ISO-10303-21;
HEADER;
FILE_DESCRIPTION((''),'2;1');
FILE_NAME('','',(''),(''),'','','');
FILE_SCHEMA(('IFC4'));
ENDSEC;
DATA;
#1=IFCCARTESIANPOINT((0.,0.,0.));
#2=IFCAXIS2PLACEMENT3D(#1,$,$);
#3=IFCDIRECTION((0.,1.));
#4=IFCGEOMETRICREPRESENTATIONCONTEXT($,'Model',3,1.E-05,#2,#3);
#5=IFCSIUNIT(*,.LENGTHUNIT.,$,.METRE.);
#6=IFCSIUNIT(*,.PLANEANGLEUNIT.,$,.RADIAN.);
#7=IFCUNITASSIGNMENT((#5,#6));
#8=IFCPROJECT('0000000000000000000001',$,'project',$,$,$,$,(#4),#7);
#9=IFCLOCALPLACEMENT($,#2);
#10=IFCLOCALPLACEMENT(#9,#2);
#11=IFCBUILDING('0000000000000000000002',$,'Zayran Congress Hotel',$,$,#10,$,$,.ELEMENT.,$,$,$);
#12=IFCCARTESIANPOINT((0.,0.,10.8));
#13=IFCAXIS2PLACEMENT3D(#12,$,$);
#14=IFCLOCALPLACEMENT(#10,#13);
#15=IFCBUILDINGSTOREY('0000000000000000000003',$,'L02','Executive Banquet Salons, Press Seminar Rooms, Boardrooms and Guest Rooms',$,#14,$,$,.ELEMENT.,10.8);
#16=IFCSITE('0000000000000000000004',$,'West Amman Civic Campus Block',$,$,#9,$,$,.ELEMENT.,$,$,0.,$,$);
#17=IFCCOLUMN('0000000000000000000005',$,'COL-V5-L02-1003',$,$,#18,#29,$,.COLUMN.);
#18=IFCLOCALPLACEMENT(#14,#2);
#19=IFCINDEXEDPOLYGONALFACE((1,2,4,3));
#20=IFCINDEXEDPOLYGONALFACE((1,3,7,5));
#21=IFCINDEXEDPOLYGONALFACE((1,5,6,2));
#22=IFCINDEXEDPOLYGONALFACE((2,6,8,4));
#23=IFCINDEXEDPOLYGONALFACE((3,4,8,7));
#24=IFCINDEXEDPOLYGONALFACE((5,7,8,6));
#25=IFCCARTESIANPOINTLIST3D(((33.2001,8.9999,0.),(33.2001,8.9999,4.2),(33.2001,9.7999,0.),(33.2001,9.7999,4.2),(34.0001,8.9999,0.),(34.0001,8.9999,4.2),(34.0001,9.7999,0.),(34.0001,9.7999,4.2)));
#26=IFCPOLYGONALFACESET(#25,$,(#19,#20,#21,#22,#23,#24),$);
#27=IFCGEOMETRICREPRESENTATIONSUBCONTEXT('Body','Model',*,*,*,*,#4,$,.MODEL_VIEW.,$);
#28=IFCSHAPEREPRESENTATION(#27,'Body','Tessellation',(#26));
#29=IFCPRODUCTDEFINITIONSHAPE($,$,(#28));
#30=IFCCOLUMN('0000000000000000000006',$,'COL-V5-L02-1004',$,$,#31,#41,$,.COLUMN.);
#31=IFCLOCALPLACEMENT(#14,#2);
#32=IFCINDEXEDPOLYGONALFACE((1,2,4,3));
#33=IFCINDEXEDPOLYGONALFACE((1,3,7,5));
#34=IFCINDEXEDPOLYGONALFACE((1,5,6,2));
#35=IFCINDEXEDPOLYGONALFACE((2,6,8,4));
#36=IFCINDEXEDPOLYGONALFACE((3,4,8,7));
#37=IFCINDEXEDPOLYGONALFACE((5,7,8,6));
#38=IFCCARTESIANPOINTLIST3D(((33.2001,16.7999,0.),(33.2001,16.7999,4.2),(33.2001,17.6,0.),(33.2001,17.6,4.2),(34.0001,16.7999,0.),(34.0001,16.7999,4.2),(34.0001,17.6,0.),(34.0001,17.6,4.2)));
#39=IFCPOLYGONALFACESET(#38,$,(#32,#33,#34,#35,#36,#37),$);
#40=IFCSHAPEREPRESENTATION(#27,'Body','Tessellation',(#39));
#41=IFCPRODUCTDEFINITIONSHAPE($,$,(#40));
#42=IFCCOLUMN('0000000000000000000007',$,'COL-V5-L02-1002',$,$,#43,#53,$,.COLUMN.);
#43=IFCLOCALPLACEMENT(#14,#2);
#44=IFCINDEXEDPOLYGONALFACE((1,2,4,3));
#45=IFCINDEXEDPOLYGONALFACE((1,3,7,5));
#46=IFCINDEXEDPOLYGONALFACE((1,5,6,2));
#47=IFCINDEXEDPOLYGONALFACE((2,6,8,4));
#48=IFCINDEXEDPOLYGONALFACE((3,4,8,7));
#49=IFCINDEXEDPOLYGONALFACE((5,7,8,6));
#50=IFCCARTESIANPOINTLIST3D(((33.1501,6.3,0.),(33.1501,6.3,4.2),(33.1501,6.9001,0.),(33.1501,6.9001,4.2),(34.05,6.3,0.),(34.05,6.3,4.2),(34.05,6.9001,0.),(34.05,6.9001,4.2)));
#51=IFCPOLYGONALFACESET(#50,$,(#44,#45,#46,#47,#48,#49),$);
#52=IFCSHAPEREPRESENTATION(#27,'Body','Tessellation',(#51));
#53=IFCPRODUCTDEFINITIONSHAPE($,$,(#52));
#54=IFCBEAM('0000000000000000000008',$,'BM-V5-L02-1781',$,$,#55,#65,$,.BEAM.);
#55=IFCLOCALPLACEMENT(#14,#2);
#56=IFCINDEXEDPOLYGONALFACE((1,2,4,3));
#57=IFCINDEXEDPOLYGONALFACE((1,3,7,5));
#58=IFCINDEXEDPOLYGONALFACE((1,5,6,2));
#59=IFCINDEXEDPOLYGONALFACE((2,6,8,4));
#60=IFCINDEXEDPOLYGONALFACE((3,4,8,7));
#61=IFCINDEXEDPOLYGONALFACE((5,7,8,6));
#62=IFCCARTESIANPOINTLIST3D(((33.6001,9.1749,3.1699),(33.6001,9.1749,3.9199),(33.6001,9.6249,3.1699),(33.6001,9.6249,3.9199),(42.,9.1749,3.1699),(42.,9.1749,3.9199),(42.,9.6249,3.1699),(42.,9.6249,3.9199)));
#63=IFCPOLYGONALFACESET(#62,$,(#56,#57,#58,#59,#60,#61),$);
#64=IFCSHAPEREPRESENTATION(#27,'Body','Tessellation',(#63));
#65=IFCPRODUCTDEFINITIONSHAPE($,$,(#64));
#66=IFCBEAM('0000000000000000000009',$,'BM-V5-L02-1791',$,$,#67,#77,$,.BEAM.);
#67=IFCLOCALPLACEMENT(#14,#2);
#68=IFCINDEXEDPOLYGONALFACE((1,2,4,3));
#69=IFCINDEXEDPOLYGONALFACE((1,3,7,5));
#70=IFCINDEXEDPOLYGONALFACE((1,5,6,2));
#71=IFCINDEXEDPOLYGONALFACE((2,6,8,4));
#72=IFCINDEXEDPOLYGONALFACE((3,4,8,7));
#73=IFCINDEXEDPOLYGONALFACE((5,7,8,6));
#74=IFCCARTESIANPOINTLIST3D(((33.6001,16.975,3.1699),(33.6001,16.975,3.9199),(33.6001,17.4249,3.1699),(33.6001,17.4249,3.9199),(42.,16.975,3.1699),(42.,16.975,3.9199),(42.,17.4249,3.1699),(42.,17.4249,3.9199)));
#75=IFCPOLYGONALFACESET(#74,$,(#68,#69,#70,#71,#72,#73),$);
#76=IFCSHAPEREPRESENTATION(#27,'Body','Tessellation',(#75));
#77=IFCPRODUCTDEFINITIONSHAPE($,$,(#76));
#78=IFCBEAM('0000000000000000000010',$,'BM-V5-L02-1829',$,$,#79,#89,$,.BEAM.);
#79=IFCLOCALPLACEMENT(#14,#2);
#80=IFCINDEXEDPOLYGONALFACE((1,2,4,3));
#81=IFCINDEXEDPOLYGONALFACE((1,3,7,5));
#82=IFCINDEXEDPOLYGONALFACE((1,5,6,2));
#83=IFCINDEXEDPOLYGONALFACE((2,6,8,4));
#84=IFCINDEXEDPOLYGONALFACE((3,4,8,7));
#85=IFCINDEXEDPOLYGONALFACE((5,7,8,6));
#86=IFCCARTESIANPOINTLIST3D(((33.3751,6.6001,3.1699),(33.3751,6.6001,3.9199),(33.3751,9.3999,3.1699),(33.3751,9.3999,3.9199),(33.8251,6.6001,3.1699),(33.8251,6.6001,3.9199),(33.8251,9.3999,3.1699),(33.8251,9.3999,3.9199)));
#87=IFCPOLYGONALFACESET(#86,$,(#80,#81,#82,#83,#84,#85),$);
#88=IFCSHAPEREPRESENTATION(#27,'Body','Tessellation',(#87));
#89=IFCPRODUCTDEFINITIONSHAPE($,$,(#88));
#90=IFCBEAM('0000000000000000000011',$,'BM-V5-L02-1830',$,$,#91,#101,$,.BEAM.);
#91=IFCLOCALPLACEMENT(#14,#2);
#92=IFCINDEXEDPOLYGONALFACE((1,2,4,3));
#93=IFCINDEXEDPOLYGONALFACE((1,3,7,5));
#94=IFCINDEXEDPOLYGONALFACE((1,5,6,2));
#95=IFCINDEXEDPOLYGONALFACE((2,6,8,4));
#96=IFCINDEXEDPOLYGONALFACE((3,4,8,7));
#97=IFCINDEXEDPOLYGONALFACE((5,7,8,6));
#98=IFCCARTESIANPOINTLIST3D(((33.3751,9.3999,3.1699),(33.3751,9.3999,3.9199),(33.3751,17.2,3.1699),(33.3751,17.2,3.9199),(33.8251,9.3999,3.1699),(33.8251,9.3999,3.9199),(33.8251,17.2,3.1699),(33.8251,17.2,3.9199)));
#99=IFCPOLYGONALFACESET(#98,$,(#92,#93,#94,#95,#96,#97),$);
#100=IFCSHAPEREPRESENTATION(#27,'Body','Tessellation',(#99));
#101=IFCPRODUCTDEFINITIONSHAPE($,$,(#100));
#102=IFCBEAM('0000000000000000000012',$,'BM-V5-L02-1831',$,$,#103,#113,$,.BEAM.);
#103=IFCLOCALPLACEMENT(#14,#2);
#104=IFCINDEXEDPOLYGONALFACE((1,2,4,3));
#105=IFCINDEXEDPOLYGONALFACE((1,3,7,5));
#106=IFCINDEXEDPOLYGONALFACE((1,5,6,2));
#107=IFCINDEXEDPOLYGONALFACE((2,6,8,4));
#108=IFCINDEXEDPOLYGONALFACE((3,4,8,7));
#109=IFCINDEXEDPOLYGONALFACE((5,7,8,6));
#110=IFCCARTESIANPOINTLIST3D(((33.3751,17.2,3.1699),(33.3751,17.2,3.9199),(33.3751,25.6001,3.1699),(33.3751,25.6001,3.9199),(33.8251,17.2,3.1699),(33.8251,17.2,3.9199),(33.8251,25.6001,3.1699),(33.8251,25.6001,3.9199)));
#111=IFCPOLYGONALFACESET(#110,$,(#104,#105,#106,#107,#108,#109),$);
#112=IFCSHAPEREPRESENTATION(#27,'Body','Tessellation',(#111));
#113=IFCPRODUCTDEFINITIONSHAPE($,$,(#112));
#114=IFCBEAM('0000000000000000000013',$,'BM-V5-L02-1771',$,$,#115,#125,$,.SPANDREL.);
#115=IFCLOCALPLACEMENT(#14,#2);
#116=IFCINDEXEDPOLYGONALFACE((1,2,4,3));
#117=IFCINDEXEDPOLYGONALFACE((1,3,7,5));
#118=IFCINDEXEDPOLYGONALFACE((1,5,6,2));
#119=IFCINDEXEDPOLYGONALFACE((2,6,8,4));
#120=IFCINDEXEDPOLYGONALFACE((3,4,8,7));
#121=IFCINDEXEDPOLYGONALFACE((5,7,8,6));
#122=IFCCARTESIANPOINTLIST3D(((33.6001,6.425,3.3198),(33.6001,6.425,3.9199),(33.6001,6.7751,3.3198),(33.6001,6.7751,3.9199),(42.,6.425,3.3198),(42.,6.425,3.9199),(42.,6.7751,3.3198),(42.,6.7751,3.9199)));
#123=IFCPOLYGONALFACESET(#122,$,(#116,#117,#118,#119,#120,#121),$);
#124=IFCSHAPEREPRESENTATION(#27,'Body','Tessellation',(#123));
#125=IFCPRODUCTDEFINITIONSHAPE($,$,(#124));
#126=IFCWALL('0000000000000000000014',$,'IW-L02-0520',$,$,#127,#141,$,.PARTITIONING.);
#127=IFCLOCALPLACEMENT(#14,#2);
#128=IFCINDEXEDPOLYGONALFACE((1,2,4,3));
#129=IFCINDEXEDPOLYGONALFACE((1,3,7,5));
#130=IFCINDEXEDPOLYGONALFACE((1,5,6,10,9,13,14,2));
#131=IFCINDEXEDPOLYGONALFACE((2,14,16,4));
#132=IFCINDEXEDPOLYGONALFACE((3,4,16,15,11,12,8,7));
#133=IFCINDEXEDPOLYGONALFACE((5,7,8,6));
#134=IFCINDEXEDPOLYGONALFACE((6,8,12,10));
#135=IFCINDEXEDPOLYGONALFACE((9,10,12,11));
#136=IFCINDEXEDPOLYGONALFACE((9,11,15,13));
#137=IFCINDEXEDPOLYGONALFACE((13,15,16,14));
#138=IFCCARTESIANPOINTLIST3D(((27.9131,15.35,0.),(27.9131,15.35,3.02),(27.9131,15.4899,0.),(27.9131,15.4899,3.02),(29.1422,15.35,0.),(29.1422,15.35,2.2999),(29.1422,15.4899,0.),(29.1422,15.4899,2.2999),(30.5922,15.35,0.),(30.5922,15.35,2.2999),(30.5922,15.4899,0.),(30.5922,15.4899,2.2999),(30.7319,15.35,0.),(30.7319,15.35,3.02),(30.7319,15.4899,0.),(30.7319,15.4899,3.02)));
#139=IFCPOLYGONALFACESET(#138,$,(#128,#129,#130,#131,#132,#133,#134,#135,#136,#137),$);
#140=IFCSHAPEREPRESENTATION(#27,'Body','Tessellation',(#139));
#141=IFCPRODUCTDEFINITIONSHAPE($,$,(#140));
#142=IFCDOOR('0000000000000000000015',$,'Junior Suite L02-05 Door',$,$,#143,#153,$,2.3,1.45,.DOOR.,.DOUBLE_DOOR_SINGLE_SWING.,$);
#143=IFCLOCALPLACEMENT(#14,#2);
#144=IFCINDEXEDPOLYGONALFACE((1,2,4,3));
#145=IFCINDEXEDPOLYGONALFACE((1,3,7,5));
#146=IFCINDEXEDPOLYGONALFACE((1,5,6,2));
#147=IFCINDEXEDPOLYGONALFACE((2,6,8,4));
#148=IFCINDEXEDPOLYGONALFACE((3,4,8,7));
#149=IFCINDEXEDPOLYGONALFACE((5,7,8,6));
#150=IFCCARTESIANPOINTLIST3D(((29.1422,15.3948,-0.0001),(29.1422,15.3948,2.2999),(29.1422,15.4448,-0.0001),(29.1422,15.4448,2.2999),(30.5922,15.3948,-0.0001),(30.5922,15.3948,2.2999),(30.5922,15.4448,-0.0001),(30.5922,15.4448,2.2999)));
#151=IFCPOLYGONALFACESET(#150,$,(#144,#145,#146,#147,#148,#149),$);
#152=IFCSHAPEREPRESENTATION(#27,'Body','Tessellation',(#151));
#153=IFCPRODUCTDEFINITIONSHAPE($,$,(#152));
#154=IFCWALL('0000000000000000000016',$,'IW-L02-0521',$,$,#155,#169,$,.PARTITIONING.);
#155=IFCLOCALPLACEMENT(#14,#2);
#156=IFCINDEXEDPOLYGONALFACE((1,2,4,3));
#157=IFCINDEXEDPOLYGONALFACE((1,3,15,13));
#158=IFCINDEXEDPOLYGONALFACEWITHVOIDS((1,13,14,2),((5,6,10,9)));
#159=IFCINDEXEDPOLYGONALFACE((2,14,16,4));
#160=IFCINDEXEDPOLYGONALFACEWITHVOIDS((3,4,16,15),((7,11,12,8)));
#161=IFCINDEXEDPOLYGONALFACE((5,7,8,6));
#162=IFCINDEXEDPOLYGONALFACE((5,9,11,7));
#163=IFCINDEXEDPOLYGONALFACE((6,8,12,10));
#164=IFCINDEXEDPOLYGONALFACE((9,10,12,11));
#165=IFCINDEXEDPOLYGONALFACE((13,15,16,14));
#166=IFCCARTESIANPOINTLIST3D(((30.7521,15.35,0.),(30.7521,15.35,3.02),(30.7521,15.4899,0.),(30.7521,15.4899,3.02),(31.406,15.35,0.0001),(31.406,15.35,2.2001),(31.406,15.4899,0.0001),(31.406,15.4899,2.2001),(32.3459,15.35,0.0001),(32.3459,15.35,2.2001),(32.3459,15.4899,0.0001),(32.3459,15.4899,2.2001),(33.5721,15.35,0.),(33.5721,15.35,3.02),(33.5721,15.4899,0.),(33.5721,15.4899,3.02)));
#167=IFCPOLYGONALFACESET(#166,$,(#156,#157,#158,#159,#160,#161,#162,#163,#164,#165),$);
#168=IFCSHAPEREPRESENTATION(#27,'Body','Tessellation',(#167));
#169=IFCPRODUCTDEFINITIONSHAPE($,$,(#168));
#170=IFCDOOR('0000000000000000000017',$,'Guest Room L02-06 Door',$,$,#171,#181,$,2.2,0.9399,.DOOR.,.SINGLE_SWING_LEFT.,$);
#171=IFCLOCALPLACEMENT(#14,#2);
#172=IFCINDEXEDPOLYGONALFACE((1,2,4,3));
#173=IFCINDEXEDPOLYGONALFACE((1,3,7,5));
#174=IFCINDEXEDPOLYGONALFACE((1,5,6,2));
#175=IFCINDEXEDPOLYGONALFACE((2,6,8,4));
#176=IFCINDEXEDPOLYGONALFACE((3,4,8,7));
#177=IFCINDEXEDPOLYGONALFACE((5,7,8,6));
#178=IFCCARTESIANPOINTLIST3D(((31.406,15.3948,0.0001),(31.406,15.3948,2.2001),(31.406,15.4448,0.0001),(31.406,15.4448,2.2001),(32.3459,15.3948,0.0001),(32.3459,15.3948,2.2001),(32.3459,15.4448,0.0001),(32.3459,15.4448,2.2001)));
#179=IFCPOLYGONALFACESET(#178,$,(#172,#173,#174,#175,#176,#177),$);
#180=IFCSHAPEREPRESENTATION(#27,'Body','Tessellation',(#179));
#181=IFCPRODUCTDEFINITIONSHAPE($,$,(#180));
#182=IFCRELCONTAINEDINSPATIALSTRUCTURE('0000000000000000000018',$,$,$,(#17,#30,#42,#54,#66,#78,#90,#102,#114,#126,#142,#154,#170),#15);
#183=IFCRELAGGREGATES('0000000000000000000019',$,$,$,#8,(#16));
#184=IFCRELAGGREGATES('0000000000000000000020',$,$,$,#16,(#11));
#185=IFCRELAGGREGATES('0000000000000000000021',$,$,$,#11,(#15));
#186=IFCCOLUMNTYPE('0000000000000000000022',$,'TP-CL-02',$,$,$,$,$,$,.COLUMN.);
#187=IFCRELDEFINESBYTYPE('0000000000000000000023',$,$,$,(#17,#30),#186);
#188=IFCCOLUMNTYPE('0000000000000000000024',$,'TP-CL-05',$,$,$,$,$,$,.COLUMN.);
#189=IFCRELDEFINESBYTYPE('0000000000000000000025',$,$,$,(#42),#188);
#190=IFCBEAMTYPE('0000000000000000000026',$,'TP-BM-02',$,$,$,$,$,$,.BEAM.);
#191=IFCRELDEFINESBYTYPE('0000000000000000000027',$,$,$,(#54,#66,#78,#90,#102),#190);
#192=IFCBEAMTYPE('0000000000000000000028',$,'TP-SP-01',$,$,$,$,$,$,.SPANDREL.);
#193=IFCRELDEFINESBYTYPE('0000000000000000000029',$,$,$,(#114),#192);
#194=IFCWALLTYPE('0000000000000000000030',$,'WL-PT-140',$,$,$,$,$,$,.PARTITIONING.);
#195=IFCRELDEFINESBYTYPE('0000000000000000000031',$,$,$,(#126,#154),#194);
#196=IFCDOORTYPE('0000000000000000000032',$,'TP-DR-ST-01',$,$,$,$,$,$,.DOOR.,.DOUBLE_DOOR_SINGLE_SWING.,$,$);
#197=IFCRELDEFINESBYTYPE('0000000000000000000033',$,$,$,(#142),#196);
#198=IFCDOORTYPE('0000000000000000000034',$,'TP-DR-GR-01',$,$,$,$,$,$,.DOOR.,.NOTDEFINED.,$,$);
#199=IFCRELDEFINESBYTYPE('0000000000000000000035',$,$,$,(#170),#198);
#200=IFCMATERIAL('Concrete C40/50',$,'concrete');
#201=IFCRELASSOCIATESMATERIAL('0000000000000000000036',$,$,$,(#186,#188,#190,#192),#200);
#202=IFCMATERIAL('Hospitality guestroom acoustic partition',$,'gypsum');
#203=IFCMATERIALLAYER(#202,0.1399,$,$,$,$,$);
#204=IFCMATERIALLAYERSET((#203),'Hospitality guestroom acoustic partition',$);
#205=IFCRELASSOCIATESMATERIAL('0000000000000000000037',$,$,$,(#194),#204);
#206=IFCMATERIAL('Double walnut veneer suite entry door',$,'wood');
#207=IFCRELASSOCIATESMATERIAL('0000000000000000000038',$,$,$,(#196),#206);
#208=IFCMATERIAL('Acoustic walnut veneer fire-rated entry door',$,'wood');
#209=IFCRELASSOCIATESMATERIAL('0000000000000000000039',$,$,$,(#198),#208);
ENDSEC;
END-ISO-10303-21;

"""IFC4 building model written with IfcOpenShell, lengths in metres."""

from ifc_helpers import new_model, si_unit, direction, frame, frame_2d, origin, origin_2d, place, context, subcontext, project, spatial, rectangle, extrude, material, layer, layer_set, material_profile, profile_set, type_object, element, fill, save


model = new_model("IFC4")

# Units and contexts
model_context = context("Model", 3, precision=1e-05, world=origin(), true_north=direction((0.0, 1.0)))
body_context = subcontext(model_context, "Body", "Model", "MODEL_VIEW")
ifc_project = project(units=[si_unit("LENGTHUNIT", "METRE"), si_unit("PLANEANGLEUNIT", "RADIAN")], contexts=[model_context])

# Site, building, storey
site_placement = place(None, origin())
site = spatial("IfcSite", under=ifc_project, at=site_placement, Name="West Amman Civic Campus Block", CompositionType="ELEMENT", RefElevation=0.0)
building_placement = place(site_placement, origin())
building = spatial("IfcBuilding", under=site, at=building_placement, Name="Zayran Congress Hotel", CompositionType="ELEMENT")
storey_placement = place(building_placement, frame((0.0, 0.0, 10.8)))
storey = spatial("IfcBuildingStorey", under=building, at=storey_placement, Name="L02", Description="Executive Banquet Salons, Press Seminar Rooms, Boardrooms and Guest Rooms", CompositionType="ELEMENT", Elevation=10.8)

# Columns
ifc_material_1 = material(Name="Concrete C40/50", Category="concrete")
ifc_material_profile_1 = material_profile(ifc_material_1, rectangle(XDim=0.8, YDim=0.8, at=origin_2d()), Name="RC 800x800")
ifc_profile_set_1 = profile_set([ifc_material_profile_1], Name="Concrete C40/50")
column_type_1 = type_object("IfcColumnType", Name="TP-CL-02", PredefinedType="COLUMN", material=ifc_profile_set_1)
for number, where, z_axis, x_axis, name in (
    (1, (33.6001, 9.3999, 0.0), (0.0, 0.0, 1.0), (1.0, 0.0, 0.0), "COL-V5-L02-1003"),
    (2, (33.6001, 17.2, 0.0), (0.0, 0.0, 1.0), (1.0, 0.0, 0.0), "COL-V5-L02-1004"),
):
    element("IfcColumn", number, at=place(storey_placement, frame(where, z_axis=z_axis, x_axis=x_axis)), inside=storey, type_object=column_type_1, Name=name, PredefinedType="COLUMN", context=body_context, shape_type="SweptSolid", body=[
        extrude(rectangle(XDim=0.8, YDim=0.8, at=origin_2d()), origin(), (0.0, 0.0, 1.0), 4.2),
    ])
ifc_material_profile_2 = material_profile(ifc_material_1, rectangle(XDim=0.6001, YDim=0.8999, at=origin_2d()), Name="RC 900x600")
ifc_profile_set_2 = profile_set([ifc_material_profile_2], Name="Concrete C40/50")
column_type_2 = type_object("IfcColumnType", Name="TP-CL-05", PredefinedType="COLUMN", material=ifc_profile_set_2)
column_placement = place(storey_placement, frame((33.6001, 6.6001, 0.0), z_axis=(0.0, 0.0, 1.0), x_axis=(0.0, 1.0, 0.0)))
element("IfcColumn", 3, at=column_placement, inside=storey, type_object=column_type_2, Name="COL-V5-L02-1002", PredefinedType="COLUMN", context=body_context, shape_type="SweptSolid", body=[
    extrude(rectangle(XDim=0.6001, YDim=0.8999, at=origin_2d()), origin(), (0.0, 0.0, 1.0), 4.2),
])

# Beams
ifc_material_profile_3 = material_profile(ifc_material_1, rectangle(XDim=0.45, YDim=0.75, at=origin_2d()), Name="RC 450x750")
ifc_profile_set_3 = profile_set([ifc_material_profile_3], Name="Concrete C40/50")
beam_type_1 = type_object("IfcBeamType", Name="TP-BM-02", PredefinedType="BEAM", material=ifc_profile_set_3)
for number, where, z_axis, x_axis, name in (
    (4, (33.6001, 9.3999, 3.5449), (1.0, 0.0, 0.0), (0.0, 1.0, 0.0), "BM-V5-L02-1781"),
    (5, (33.6001, 17.2, 3.5449), (1.0, 0.0, 0.0), (0.0, 1.0, 0.0), "BM-V5-L02-1791"),
):
    element("IfcBeam", number, at=place(storey_placement, frame(where, z_axis=z_axis, x_axis=x_axis)), inside=storey, type_object=beam_type_1, Name=name, PredefinedType="BEAM", context=body_context, shape_type="SweptSolid", body=[
        extrude(rectangle(XDim=0.45, YDim=0.75, at=origin_2d()), origin(), (0.0, 0.0, 1.0), 8.3999),
    ])
beam_1_placement = place(storey_placement, frame((33.6001, 6.6001, 3.5449), z_axis=(0.0, 1.0, 0.0), x_axis=(-1.0, 0.0, 0.0)))
element("IfcBeam", 6, at=beam_1_placement, inside=storey, type_object=beam_type_1, Name="BM-V5-L02-1829", PredefinedType="BEAM", context=body_context, shape_type="SweptSolid", body=[
    extrude(rectangle(XDim=0.45, YDim=0.75, at=origin_2d()), origin(), (0.0, 0.0, 1.0), 2.7998),
])
beam_2_placement = place(storey_placement, frame((33.6001, 9.3999, 3.5449), z_axis=(0.0, 1.0, 0.0), x_axis=(-1.0, 0.0, 0.0)))
element("IfcBeam", 7, at=beam_2_placement, inside=storey, type_object=beam_type_1, Name="BM-V5-L02-1830", PredefinedType="BEAM", context=body_context, shape_type="SweptSolid", body=[
    extrude(rectangle(XDim=0.45, YDim=0.75, at=origin_2d()), origin(), (0.0, 0.0, 1.0), 7.8),
])
beam_3_placement = place(storey_placement, frame((33.6001, 17.2, 3.5449), z_axis=(0.0, 1.0, 0.0), x_axis=(-1.0, 0.0, 0.0)))
element("IfcBeam", 8, at=beam_3_placement, inside=storey, type_object=beam_type_1, Name="BM-V5-L02-1831", PredefinedType="BEAM", context=body_context, shape_type="SweptSolid", body=[
    extrude(rectangle(XDim=0.45, YDim=0.75, at=origin_2d()), origin(), (0.0, 0.0, 1.0), 8.4001),
])
ifc_material_profile_4 = material_profile(ifc_material_1, rectangle(XDim=0.3501, YDim=0.6001, at=origin_2d()), Name="RC 350x600")
ifc_profile_set_4 = profile_set([ifc_material_profile_4], Name="Concrete C40/50")
beam_type_2 = type_object("IfcBeamType", Name="TP-SP-01", PredefinedType="SPANDREL", material=ifc_profile_set_4)
beam_4_placement = place(storey_placement, frame((33.6001, 6.6001, 3.6199), z_axis=(1.0, 0.0, 0.0), x_axis=(0.0, 1.0, 0.0)))
element("IfcBeam", 9, at=beam_4_placement, inside=storey, type_object=beam_type_2, Name="BM-V5-L02-1771", PredefinedType="SPANDREL", context=body_context, shape_type="SweptSolid", body=[
    extrude(rectangle(XDim=0.3501, YDim=0.6001, at=origin_2d()), origin(), (0.0, 0.0, 1.0), 8.3999),
])

# Walls, openings, doors
ifc_material_2 = material(Name="Hospitality guestroom acoustic partition", Category="gypsum")
ifc_layer_1 = layer(ifc_material_2, 0.1399)
ifc_layer_set_1 = layer_set([ifc_layer_1], Name="Hospitality guestroom acoustic partition")
wall_type_1 = type_object("IfcWallType", Name="WL-PT-140", PredefinedType="PARTITIONING", material=ifc_layer_set_1)
wall_1_placement = place(storey_placement, frame((27.9131, 15.4199, 0.0), z_axis=(0.0, 0.0, 1.0), x_axis=(1.0, 0.0, 0.0)))
wall_1 = element("IfcWall", 10, at=wall_1_placement, inside=storey, type_object=wall_type_1, Name="IW-L02-0520", PredefinedType="PARTITIONING", context=body_context, shape_type="SweptSolid", body=[
    extrude(rectangle(XDim=2.8188, YDim=0.1399, at=frame_2d((1.4094, 0.0))), origin(), (0.0, 0.0, 1.0), 3.02),
])
opening_1_placement = place(wall_1_placement, frame((1.229, 0.0, 0.0)))
opening_1 = element("IfcOpeningElement", 11, at=opening_1_placement, cuts=wall_1, PredefinedType="OPENING", context=body_context, shape_type="SweptSolid", body=[
    extrude(rectangle(XDim=1.45, YDim=2.3, at=frame_2d((0.7251, 1.1499))), frame((0.0, 0.0798, 0.0), z_axis=(0.0, -1.0, 0.0), x_axis=(1.0, 0.0, 0.0)), (0.0, 0.0, 1.0), 0.1599),
])
ifc_material_3 = material(Name="Double walnut veneer suite entry door", Category="wood")
door_type_1 = type_object("IfcDoorType", Name="TP-DR-ST-01", OperationType="DOUBLE_DOOR_SINGLE_SWING", PredefinedType="DOOR", material=ifc_material_3)
door_1_placement = place(opening_1_placement, origin())
door_1 = element("IfcDoor", 12, at=door_1_placement, inside=storey, type_object=door_type_1, Name="Junior Suite L02-05 Door", OperationType="DOUBLE_DOOR_SINGLE_SWING", OverallHeight=2.3, OverallWidth=1.45, PredefinedType="DOOR", context=body_context, shape_type="SweptSolid", body=[
    extrude(rectangle(XDim=1.45, YDim=2.3, at=frame_2d((0.7251, 1.1499))), frame((0.0, 0.0249, 0.0), z_axis=(0.0, -1.0, 0.0), x_axis=(1.0, 0.0, 0.0)), (0.0, 0.0, 1.0), 0.05),
])
fill(opening_1, door_1)
wall_2_placement = place(storey_placement, frame((30.752, 15.4199, 0.0), z_axis=(0.0, 0.0, 1.0), x_axis=(1.0, 0.0, 0.0)))
wall_2 = element("IfcWall", 13, at=wall_2_placement, inside=storey, type_object=wall_type_1, Name="IW-L02-0521", PredefinedType="PARTITIONING", context=body_context, shape_type="SweptSolid", body=[
    extrude(rectangle(XDim=2.8201, YDim=0.1399, at=frame_2d((1.4102, 0.0))), origin(), (0.0, 0.0, 1.0), 3.02),
])
opening_2_placement = place(wall_2_placement, frame((0.6541, 0.0, 0.0)))
opening_2 = element("IfcOpeningElement", 14, at=opening_2_placement, cuts=wall_2, PredefinedType="OPENING", context=body_context, shape_type="SweptSolid", body=[
    extrude(rectangle(XDim=0.9399, YDim=2.2, at=frame_2d((0.47, 1.1001))), frame((0.0, 0.0798, 0.0), z_axis=(0.0, -1.0, 0.0), x_axis=(1.0, 0.0, 0.0)), (0.0, 0.0, 1.0), 0.1599),
])
ifc_material_4 = material(Name="Acoustic walnut veneer fire-rated entry door", Category="wood")
door_type_2 = type_object("IfcDoorType", Name="TP-DR-GR-01", OperationType="NOTDEFINED", PredefinedType="DOOR", material=ifc_material_4)
door_2_placement = place(opening_2_placement, origin())
door_2 = element("IfcDoor", 15, at=door_2_placement, inside=storey, type_object=door_type_2, Name="Guest Room L02-06 Door", OperationType="SINGLE_SWING_LEFT", OverallHeight=2.2, OverallWidth=0.9399, PredefinedType="DOOR", context=body_context, shape_type="SweptSolid", body=[
    extrude(rectangle(XDim=0.9399, YDim=2.2, at=frame_2d((0.47, 1.1001))), frame((0.0, 0.0249, 0.0), z_axis=(0.0, -1.0, 0.0), x_axis=(1.0, 0.0, 0.0)), (0.0, 0.0, 1.0), 0.05),
])
fill(opening_2, door_2)

save(model, "model.ifc")
